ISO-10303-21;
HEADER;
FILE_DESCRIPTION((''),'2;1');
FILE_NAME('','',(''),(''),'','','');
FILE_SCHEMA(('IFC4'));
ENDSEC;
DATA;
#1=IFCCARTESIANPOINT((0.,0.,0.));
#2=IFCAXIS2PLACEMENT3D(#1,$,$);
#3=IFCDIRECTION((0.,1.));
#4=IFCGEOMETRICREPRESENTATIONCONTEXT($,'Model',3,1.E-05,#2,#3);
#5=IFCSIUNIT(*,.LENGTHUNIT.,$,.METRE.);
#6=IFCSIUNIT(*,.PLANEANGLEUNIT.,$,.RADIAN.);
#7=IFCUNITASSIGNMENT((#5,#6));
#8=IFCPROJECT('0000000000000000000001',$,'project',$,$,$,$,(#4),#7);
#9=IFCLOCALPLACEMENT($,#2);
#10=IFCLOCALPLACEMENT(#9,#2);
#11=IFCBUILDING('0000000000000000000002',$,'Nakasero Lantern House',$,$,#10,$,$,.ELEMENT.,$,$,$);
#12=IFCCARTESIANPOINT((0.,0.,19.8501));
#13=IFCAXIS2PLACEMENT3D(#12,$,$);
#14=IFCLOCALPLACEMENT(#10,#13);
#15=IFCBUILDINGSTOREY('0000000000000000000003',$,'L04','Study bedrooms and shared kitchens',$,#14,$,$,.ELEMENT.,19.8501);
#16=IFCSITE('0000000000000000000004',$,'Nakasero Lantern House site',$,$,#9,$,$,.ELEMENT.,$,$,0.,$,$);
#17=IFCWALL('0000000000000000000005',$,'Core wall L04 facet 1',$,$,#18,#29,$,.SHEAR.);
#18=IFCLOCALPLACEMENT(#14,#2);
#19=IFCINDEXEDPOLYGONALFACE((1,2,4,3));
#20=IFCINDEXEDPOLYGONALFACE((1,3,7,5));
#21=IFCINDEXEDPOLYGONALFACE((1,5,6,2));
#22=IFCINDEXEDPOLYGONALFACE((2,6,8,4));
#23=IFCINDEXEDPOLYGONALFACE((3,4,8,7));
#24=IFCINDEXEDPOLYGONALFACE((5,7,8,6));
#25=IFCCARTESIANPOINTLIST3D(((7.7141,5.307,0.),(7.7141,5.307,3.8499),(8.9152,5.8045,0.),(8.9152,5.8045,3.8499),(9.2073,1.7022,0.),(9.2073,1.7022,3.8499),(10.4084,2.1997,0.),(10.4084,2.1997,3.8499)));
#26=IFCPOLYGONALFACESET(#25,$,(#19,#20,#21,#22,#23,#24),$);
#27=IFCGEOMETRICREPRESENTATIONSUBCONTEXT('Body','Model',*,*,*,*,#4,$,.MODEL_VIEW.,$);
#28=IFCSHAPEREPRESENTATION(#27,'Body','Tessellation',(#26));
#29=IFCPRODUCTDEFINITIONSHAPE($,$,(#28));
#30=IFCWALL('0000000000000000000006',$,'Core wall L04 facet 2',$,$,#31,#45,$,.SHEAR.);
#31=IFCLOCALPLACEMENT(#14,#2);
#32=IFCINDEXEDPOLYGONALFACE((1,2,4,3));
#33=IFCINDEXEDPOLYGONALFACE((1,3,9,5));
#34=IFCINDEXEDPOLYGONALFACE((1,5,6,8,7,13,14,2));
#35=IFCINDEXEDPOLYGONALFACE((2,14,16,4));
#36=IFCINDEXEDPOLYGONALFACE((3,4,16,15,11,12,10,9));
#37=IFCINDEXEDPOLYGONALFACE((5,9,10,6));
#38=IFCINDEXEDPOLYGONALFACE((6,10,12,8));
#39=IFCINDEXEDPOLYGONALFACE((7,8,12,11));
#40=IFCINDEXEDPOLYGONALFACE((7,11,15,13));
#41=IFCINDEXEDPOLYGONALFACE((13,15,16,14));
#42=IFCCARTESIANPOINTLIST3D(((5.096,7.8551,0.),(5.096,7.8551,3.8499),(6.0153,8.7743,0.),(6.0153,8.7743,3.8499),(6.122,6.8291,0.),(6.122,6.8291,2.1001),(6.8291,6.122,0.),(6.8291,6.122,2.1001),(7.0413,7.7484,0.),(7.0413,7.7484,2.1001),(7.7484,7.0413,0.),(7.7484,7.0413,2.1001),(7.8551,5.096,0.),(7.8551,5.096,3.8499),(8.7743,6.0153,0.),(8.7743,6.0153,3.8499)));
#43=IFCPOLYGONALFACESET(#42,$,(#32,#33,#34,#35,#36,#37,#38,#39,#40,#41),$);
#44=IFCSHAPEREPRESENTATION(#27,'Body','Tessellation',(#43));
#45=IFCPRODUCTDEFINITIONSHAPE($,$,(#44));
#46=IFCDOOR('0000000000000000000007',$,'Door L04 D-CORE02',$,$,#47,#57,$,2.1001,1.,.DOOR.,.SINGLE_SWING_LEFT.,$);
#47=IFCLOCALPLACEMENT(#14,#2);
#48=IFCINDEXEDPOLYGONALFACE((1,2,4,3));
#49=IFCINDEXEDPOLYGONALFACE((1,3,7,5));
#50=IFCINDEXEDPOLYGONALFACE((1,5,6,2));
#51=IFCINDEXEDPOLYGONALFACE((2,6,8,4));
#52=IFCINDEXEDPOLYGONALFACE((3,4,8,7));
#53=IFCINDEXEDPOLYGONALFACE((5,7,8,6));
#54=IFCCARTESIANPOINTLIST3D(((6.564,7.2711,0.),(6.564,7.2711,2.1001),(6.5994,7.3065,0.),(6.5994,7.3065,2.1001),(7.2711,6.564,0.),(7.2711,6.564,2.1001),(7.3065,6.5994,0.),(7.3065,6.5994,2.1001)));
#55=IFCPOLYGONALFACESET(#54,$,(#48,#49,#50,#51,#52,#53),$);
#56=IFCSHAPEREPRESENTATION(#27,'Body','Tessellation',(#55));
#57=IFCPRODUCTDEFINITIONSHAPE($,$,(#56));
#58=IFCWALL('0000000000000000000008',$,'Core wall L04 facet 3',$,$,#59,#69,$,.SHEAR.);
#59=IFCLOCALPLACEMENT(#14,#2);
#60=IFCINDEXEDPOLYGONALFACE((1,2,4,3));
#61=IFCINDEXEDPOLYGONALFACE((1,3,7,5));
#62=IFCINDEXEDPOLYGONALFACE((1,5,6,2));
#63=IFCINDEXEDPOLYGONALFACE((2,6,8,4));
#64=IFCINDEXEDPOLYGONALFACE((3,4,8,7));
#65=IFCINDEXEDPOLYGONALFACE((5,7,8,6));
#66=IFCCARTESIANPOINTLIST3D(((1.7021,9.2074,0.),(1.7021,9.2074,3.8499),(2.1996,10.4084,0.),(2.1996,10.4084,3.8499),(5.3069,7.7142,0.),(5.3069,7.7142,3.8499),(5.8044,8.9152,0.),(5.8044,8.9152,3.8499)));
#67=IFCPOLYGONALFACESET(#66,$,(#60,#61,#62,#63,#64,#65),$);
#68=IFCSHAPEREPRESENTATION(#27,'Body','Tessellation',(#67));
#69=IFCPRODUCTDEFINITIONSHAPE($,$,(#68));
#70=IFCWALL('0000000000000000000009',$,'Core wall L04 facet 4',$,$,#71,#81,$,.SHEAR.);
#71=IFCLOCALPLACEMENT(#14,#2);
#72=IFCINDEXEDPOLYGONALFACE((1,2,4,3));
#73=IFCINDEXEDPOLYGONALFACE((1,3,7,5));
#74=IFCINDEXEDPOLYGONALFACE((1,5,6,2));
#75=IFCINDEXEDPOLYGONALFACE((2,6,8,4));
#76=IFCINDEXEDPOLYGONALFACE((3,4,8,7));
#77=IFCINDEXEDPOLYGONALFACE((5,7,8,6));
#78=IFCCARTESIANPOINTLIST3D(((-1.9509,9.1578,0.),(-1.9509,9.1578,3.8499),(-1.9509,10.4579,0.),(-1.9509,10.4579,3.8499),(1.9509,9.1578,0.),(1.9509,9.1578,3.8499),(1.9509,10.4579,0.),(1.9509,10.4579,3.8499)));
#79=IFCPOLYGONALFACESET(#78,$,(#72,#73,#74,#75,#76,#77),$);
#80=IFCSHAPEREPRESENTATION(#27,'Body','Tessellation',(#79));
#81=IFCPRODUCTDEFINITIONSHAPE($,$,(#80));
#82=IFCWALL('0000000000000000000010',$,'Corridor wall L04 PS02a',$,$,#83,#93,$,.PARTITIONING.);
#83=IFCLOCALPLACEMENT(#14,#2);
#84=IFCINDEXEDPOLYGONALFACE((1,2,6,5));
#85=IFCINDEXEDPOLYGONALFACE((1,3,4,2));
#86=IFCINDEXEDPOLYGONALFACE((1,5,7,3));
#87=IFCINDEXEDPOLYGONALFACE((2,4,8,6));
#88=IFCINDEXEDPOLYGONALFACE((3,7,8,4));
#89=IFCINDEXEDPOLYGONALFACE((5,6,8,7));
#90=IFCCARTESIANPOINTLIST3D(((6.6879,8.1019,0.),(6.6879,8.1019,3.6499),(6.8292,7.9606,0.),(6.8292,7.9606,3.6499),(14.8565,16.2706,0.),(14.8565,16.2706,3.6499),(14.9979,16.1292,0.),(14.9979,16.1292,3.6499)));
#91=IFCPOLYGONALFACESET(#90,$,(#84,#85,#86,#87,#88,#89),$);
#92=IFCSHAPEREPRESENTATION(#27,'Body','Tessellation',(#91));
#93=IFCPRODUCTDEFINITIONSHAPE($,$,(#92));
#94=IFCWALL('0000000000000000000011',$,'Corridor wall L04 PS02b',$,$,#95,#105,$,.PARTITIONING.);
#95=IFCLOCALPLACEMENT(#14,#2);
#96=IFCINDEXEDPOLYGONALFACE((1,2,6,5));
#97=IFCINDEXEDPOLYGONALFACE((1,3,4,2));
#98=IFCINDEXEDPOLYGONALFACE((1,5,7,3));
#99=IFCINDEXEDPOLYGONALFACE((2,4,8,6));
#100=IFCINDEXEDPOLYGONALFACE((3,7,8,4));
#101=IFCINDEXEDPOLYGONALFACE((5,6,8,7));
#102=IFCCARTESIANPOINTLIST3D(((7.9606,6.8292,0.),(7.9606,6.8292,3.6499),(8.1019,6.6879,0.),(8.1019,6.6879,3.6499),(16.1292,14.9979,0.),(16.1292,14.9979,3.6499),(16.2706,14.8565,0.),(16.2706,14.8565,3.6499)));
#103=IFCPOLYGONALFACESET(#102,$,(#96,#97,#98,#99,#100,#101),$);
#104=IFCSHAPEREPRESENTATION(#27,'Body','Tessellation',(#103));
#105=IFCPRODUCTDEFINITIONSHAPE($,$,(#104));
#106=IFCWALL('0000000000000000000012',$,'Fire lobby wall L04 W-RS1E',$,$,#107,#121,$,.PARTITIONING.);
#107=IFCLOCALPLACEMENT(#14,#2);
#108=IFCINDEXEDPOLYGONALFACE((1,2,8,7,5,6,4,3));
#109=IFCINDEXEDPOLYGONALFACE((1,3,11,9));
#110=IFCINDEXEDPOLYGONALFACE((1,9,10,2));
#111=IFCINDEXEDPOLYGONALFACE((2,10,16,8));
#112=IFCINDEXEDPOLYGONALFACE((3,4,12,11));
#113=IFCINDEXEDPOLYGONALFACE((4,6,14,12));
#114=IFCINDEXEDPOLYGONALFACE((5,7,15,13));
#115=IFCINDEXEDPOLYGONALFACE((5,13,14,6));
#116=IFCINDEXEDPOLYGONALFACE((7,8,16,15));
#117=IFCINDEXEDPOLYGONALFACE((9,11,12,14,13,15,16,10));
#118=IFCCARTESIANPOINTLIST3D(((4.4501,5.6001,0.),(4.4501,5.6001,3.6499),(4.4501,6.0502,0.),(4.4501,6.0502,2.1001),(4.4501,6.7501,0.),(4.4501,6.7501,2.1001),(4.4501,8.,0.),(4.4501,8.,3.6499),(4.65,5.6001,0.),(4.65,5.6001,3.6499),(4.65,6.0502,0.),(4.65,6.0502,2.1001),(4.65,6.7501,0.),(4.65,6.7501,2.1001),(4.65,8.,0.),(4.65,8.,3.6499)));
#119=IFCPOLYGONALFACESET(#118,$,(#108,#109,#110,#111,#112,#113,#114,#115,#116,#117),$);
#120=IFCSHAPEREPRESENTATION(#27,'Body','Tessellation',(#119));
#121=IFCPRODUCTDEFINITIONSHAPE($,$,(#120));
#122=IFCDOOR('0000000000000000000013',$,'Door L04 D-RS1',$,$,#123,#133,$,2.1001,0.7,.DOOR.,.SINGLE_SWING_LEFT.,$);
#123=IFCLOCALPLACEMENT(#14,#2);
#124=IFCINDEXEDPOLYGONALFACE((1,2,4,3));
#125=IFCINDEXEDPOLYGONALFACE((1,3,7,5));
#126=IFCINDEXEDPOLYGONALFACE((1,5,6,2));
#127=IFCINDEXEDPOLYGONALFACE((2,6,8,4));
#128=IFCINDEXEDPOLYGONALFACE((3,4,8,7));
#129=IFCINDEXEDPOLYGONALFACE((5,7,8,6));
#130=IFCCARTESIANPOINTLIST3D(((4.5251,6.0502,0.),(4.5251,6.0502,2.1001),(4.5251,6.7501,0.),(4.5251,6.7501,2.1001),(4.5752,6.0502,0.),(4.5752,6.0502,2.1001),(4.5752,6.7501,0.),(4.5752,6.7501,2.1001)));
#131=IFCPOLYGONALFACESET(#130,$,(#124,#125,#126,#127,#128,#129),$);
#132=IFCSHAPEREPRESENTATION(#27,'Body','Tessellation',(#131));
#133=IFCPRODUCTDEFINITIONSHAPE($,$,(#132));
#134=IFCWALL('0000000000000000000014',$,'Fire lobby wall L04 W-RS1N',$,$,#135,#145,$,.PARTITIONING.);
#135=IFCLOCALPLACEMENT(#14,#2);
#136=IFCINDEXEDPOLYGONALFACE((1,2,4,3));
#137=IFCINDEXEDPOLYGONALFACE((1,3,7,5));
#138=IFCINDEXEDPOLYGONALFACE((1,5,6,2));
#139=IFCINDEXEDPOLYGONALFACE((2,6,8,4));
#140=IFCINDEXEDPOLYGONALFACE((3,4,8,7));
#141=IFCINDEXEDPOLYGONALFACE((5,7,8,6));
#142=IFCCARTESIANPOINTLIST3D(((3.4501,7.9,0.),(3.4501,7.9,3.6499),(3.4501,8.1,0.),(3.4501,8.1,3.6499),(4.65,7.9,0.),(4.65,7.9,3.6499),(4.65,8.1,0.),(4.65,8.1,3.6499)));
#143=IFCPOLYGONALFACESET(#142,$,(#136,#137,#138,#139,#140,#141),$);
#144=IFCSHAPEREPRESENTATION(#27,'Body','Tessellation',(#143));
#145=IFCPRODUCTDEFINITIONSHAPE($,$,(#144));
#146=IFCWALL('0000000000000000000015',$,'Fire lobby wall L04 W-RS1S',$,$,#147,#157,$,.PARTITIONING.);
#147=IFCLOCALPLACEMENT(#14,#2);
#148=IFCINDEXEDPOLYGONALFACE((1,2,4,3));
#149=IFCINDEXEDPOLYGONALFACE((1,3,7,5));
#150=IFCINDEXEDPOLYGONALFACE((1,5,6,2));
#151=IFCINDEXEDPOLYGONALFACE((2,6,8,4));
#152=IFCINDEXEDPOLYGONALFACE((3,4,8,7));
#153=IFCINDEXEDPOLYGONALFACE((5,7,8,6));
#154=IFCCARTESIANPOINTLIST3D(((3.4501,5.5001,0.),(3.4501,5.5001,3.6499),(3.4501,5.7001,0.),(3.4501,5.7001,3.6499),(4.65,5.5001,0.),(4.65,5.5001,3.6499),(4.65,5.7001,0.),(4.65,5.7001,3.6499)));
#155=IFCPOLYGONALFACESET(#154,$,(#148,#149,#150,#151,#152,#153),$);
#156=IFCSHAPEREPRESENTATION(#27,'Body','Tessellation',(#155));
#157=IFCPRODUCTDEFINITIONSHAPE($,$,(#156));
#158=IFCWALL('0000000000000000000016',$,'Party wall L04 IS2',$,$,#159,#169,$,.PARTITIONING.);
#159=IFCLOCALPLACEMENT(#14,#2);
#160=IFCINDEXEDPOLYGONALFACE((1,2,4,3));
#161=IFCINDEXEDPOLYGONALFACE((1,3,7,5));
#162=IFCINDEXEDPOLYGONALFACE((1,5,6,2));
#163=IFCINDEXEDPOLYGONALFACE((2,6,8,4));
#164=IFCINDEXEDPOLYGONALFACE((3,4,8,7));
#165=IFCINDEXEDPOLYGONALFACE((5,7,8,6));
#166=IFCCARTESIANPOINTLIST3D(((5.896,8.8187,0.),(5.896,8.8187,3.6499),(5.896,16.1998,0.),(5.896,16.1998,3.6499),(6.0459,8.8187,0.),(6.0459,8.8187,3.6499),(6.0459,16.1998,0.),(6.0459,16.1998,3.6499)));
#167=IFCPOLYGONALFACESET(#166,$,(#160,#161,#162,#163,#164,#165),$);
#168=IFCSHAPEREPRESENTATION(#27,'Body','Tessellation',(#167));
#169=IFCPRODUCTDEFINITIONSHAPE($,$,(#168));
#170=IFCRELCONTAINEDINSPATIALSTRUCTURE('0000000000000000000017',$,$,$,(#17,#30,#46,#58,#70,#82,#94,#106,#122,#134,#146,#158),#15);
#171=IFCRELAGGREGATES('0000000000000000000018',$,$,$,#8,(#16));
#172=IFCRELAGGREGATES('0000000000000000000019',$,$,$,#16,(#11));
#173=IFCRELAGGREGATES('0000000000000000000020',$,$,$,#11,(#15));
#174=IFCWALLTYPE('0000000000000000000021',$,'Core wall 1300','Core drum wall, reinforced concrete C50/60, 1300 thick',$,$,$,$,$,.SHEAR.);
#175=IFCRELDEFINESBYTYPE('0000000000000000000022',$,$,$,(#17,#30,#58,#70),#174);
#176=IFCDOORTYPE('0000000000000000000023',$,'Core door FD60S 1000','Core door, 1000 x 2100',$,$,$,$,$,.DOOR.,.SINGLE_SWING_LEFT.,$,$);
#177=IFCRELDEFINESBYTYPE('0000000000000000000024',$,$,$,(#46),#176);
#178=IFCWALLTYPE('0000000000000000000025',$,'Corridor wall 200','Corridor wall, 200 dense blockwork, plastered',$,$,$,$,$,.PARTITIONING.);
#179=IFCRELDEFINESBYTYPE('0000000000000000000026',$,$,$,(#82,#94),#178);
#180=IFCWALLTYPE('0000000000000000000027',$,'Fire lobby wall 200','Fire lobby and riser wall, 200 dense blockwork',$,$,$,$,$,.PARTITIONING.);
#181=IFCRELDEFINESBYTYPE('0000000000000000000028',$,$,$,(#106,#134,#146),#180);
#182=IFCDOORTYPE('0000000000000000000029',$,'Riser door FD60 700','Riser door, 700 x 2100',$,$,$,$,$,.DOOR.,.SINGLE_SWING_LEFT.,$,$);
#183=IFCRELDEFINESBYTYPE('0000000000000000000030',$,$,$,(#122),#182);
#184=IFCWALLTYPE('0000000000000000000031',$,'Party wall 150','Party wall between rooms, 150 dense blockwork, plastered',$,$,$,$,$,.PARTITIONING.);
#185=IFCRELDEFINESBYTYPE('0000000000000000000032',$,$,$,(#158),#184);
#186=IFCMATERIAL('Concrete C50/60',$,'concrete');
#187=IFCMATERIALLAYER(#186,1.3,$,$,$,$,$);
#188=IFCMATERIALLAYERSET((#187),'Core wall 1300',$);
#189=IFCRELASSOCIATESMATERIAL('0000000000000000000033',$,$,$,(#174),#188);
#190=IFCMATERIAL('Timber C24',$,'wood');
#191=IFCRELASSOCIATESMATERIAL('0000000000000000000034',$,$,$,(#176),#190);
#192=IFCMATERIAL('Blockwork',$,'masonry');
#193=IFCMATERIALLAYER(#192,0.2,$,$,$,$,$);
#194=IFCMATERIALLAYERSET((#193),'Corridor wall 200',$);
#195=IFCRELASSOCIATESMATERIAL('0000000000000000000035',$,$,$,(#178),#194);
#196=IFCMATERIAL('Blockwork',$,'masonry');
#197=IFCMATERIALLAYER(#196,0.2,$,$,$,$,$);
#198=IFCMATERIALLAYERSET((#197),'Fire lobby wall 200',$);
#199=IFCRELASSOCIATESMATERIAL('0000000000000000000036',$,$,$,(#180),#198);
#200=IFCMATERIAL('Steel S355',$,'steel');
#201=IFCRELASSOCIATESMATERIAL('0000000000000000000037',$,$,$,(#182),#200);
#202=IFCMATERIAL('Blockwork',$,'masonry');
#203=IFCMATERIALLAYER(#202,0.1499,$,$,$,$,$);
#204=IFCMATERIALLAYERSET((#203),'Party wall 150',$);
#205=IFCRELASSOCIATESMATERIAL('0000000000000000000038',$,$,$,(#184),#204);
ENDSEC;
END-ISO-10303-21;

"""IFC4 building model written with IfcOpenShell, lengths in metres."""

from ifc_helpers import new_model, si_unit, direction, frame, frame_2d, origin, place, context, subcontext, project, spatial, rectangle, extrude, material, layer, layer_set, type_object, element, fill, save


model = new_model("IFC4")

# Units and contexts
model_context = context("Model", 3, precision=1e-05, world=origin(), true_north=direction((0.0, 1.0)))
body_context = subcontext(model_context, "Body", "Model", "MODEL_VIEW")
ifc_project = project(units=[si_unit("LENGTHUNIT", "METRE"), si_unit("PLANEANGLEUNIT", "RADIAN")], contexts=[model_context])

# Site, building, storey
site_placement = place(None, origin())
site = spatial("IfcSite", under=ifc_project, at=site_placement, Name="Nakasero Lantern House site", CompositionType="ELEMENT", RefElevation=0.0)
building_placement = place(site_placement, origin())
building = spatial("IfcBuilding", under=site, at=building_placement, Name="Nakasero Lantern House", CompositionType="ELEMENT")
storey_placement = place(building_placement, frame((0.0, 0.0, 19.8501)))
storey = spatial("IfcBuildingStorey", under=building, at=storey_placement, Name="L04", Description="Study bedrooms and shared kitchens", CompositionType="ELEMENT", Elevation=19.8501)

# Wall
ifc_material_1 = material(Name="Concrete C50/60", Category="concrete")
ifc_layer_1 = layer(ifc_material_1, 1.3)
ifc_layer_set_1 = layer_set([ifc_layer_1], Name="Core wall 1300")
wall_type_1 = type_object("IfcWallType", Name="Core wall 1300", Description="Core drum wall, reinforced concrete C50/60, 1300 thick", PredefinedType="SHEAR", material=ifc_layer_set_1)
wall_1_placement = place(storey_placement, frame((9.8079, 1.9509, 0.0), z_axis=(0.0, 0.0, 1.0), x_axis=(-0.382691, 0.923877, 0.0)))
element("IfcWall", 1, at=wall_1_placement, inside=storey, type_object=wall_type_1, Name="Core wall L04 facet 1", PredefinedType="SHEAR", context=body_context, shape_type="SweptSolid", body=[
    extrude(rectangle(XDim=3.9019, YDim=1.3, at=frame_2d((1.9509, 0.0))), origin(), (0.0, 0.0, 1.0), 3.8499),
])

# Wall, opening, door
wall_2_placement = place(storey_placement, frame((8.3147, 5.5557, 0.0), z_axis=(0.0, 0.0, 1.0), x_axis=(-0.707107, 0.707107, 0.0)))
wall_2 = element("IfcWall", 2, at=wall_2_placement, inside=storey, type_object=wall_type_1, Name="Core wall L04 facet 2", PredefinedType="SHEAR", context=body_context, shape_type="SweptSolid", body=[
    extrude(rectangle(XDim=3.9019, YDim=1.3, at=frame_2d((1.9509, 0.0))), origin(), (0.0, 0.0, 1.0), 3.8499),
])
opening_1_placement = place(wall_2_placement, frame((1.4509, 0.0, 0.0)))
opening_1 = element("IfcOpeningElement", 3, at=opening_1_placement, cuts=wall_2, PredefinedType="OPENING", context=body_context, shape_type="SweptSolid", body=[
    extrude(rectangle(XDim=1.0, YDim=2.1001, at=frame_2d((0.5, 1.05))), frame((0.0, 0.6699, 0.0), z_axis=(0.0, -1.0, 0.0), x_axis=(1.0, 0.0, 0.0)), (0.0, 0.0, 1.0), 1.3401),
])
ifc_material_2 = material(Name="Timber C24", Category="wood")
door_type_1 = type_object("IfcDoorType", Name="Core door FD60S 1000", Description="Core door, 1000 x 2100", OperationType="SINGLE_SWING_LEFT", PredefinedType="DOOR", material=ifc_material_2)
door_1_placement = place(opening_1_placement, origin())
door_1 = element("IfcDoor", 4, at=door_1_placement, inside=storey, type_object=door_type_1, Name="Door L04 D-CORE02", OperationType="SINGLE_SWING_LEFT", OverallHeight=2.1001, OverallWidth=1.0, PredefinedType="DOOR", context=body_context, shape_type="SweptSolid", body=[
    extrude(rectangle(XDim=1.0, YDim=2.1001, at=frame_2d((0.5, 1.05))), frame((0.0, 0.0249, 0.0), z_axis=(0.0, -1.0, 0.0), x_axis=(1.0, 0.0, 0.0)), (0.0, 0.0, 1.0), 0.05),
])
fill(opening_1, door_1)

# Walls
for number, where, z_axis, x_axis, name in (
    (5, (5.5557, 8.3147, 0.0), (0.0, 0.0, 1.0), (-0.923877, 0.382691, 0.0), "Core wall L04 facet 3"),
    (6, (1.9509, 9.8079, 0.0), (0.0, 0.0, 1.0), (-1.0, 0.0, 0.0), "Core wall L04 facet 4"),
):
    element("IfcWall", number, at=place(storey_placement, frame(where, z_axis=z_axis, x_axis=x_axis)), inside=storey, type_object=wall_type_1, Name=name, PredefinedType="SHEAR", context=body_context, shape_type="SweptSolid", body=[
        extrude(rectangle(XDim=3.9019, YDim=1.3, at=frame_2d((1.9509, 0.0))), origin(), (0.0, 0.0, 1.0), 3.8499),
    ])
ifc_material_3 = material(Name="Blockwork", Category="masonry")
ifc_layer_2 = layer(ifc_material_3, 0.2)
ifc_layer_set_2 = layer_set([ifc_layer_2], Name="Corridor wall 200")
wall_type_2 = type_object("IfcWallType", Name="Corridor wall 200", Description="Corridor wall, 200 dense blockwork, plastered", PredefinedType="PARTITIONING", material=ifc_layer_set_2)
for number, where, z_axis, x_axis, name in (
    (7, (6.7585, 8.0312, 0.0), (0.0, 0.0, 1.0), (0.707107, 0.707107, 0.0), "Corridor wall L04 PS02a"),
    (8, (8.0312, 6.7585, 0.0), (0.0, 0.0, 1.0), (0.707107, 0.707107, 0.0), "Corridor wall L04 PS02b"),
):
    element("IfcWall", number, at=place(storey_placement, frame(where, z_axis=z_axis, x_axis=x_axis)), inside=storey, type_object=wall_type_2, Name=name, PredefinedType="PARTITIONING", context=body_context, shape_type="SweptSolid", body=[
        extrude(rectangle(XDim=11.5522, YDim=0.2, at=frame_2d((5.7761, 0.0))), origin(), (0.0, 0.0, 1.0), 3.6499),
    ])

# Wall, opening, door
ifc_material_4 = material(Name="Blockwork", Category="masonry")
ifc_layer_3 = layer(ifc_material_4, 0.2)
ifc_layer_set_3 = layer_set([ifc_layer_3], Name="Fire lobby wall 200")
wall_type_3 = type_object("IfcWallType", Name="Fire lobby wall 200", Description="Fire lobby and riser wall, 200 dense blockwork", PredefinedType="PARTITIONING", material=ifc_layer_set_3)
wall_3_placement = place(storey_placement, frame((4.55, 5.6001, 0.0), z_axis=(0.0, 0.0, 1.0), x_axis=(0.0, 1.0, 0.0)))
wall_3 = element("IfcWall", 9, at=wall_3_placement, inside=storey, type_object=wall_type_3, Name="Fire lobby wall L04 W-RS1E", PredefinedType="PARTITIONING", context=body_context, shape_type="SweptSolid", body=[
    extrude(rectangle(XDim=2.3999, YDim=0.2, at=frame_2d((1.2, 0.0))), origin(), (0.0, 0.0, 1.0), 3.6499),
])
opening_2_placement = place(wall_3_placement, frame((0.45, 0.0, 0.0)))
opening_2 = element("IfcOpeningElement", 10, at=opening_2_placement, cuts=wall_3, PredefinedType="OPENING", context=body_context, shape_type="SweptSolid", body=[
    extrude(rectangle(XDim=0.7, YDim=2.1001, at=frame_2d((0.3501, 1.05))), frame((0.0, 0.1199, 0.0), z_axis=(0.0, -1.0, 0.0), x_axis=(1.0, 0.0, 0.0)), (0.0, 0.0, 1.0), 0.24),
])
ifc_material_5 = material(Name="Steel S355", Category="steel")
door_type_2 = type_object("IfcDoorType", Name="Riser door FD60 700", Description="Riser door, 700 x 2100", OperationType="SINGLE_SWING_LEFT", PredefinedType="DOOR", material=ifc_material_5)
door_2_placement = place(opening_2_placement, origin())
door_2 = element("IfcDoor", 11, at=door_2_placement, inside=storey, type_object=door_type_2, Name="Door L04 D-RS1", OperationType="SINGLE_SWING_LEFT", OverallHeight=2.1001, OverallWidth=0.7, PredefinedType="DOOR", context=body_context, shape_type="SweptSolid", body=[
    extrude(rectangle(XDim=0.7, YDim=2.1001, at=frame_2d((0.3501, 1.05))), frame((0.0, 0.0249, 0.0), z_axis=(0.0, -1.0, 0.0), x_axis=(1.0, 0.0, 0.0)), (0.0, 0.0, 1.0), 0.05),
])
fill(opening_2, door_2)

# Walls
for number, where, z_axis, x_axis, name in (
    (12, (3.45, 8.0, 0.0), (0.0, 0.0, 1.0), (1.0, 0.0, 0.0), "Fire lobby wall L04 W-RS1N"),
    (13, (3.45, 5.6001, 0.0), (0.0, 0.0, 1.0), (1.0, 0.0, 0.0), "Fire lobby wall L04 W-RS1S"),
):
    element("IfcWall", number, at=place(storey_placement, frame(where, z_axis=z_axis, x_axis=x_axis)), inside=storey, type_object=wall_type_3, Name=name, PredefinedType="PARTITIONING", context=body_context, shape_type="SweptSolid", body=[
        extrude(rectangle(XDim=1.2, YDim=0.2, at=frame_2d((0.6001, 0.0))), origin(), (0.0, 0.0, 1.0), 3.6499),
    ])
ifc_material_6 = material(Name="Blockwork", Category="masonry")
ifc_layer_4 = layer(ifc_material_6, 0.1499)
ifc_layer_set_4 = layer_set([ifc_layer_4], Name="Party wall 150")
wall_type_4 = type_object("IfcWallType", Name="Party wall 150", Description="Party wall between rooms, 150 dense blockwork, plastered", PredefinedType="PARTITIONING", material=ifc_layer_set_4)
wall_4_placement = place(storey_placement, frame((5.9709, 8.8188, 0.0), z_axis=(0.0, 0.0, 1.0), x_axis=(0.0, 1.0, 0.0)))
element("IfcWall", 14, at=wall_4_placement, inside=storey, type_object=wall_type_4, Name="Party wall L04 IS2", PredefinedType="PARTITIONING", context=body_context, shape_type="SweptSolid", body=[
    extrude(rectangle(XDim=7.3811, YDim=0.1499, at=frame_2d((3.6904, 0.0))), origin(), (0.0, 0.0, 1.0), 3.6499),
])

save(model, "model.ifc")
